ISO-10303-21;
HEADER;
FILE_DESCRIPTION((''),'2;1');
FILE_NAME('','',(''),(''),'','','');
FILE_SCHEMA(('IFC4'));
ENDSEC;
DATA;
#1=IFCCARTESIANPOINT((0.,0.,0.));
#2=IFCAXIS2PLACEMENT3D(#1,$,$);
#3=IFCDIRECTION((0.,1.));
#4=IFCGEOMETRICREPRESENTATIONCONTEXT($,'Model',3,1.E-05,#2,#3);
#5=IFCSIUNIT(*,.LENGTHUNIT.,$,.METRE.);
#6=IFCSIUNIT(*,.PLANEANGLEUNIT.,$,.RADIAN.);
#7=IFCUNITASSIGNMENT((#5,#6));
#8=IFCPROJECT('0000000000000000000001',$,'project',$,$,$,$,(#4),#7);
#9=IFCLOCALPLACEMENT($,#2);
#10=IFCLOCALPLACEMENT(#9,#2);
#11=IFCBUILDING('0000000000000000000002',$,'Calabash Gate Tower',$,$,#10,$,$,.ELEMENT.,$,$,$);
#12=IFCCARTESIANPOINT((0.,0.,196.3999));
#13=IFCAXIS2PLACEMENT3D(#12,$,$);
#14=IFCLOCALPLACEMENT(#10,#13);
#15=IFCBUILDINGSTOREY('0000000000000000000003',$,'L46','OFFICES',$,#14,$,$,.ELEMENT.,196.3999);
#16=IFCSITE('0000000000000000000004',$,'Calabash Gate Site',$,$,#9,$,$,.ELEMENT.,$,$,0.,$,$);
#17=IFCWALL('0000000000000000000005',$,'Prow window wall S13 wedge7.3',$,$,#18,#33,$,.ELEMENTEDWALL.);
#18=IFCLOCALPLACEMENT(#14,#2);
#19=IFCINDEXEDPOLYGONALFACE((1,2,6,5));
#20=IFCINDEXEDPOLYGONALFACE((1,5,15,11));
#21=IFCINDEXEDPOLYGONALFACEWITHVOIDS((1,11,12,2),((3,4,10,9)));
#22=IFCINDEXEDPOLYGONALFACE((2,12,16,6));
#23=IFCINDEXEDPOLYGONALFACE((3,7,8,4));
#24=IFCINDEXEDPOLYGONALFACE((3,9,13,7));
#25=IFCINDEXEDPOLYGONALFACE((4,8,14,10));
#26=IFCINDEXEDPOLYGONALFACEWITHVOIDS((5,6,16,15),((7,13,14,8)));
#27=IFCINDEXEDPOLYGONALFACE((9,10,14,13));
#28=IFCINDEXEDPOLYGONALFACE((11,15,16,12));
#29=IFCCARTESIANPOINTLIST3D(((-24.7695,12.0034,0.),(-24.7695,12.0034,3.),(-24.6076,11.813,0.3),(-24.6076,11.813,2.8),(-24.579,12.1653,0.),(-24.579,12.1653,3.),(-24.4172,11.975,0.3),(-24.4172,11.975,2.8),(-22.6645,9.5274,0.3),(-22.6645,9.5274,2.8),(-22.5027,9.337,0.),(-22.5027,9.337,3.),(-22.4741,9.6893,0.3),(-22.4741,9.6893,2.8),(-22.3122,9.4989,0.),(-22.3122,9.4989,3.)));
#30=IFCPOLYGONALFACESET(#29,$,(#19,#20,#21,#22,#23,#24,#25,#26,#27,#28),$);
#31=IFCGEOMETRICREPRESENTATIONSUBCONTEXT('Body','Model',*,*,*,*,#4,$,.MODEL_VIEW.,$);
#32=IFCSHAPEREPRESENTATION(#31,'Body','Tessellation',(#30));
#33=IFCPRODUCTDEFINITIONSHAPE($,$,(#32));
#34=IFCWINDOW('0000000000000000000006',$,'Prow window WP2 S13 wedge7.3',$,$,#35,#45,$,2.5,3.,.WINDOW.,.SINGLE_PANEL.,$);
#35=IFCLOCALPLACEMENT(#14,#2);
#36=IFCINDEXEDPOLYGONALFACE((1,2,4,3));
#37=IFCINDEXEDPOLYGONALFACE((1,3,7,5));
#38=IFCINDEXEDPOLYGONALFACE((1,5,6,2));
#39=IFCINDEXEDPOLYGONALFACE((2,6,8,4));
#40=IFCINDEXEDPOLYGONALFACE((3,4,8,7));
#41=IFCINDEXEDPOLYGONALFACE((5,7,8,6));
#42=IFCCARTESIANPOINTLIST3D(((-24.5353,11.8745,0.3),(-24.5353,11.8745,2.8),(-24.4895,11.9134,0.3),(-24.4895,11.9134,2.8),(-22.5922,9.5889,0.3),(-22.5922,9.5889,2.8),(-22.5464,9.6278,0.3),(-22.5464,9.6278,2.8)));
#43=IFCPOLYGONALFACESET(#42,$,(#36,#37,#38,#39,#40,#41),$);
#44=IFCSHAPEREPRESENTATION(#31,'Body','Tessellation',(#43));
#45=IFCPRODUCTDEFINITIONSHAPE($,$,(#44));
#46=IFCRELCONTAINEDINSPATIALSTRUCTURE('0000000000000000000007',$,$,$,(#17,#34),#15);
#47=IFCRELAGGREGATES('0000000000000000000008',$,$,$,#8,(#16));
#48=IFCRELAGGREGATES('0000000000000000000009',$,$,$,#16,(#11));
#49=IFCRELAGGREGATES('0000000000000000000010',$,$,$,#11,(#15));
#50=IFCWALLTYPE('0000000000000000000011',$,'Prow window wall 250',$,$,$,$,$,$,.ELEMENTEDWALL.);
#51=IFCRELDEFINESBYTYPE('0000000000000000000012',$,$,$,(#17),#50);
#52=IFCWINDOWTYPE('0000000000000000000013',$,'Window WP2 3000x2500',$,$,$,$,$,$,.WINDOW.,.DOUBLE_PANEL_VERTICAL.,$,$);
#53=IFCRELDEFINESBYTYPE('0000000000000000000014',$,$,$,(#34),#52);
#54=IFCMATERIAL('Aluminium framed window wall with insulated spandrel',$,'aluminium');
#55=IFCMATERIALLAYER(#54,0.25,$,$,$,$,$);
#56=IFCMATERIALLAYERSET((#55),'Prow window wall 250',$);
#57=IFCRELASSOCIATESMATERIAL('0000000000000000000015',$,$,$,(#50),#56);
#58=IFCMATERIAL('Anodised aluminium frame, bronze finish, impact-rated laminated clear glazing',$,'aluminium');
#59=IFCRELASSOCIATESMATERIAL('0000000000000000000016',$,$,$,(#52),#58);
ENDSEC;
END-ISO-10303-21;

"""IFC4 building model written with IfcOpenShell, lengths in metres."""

from ifc_helpers import new_model, si_unit, direction, frame, frame_2d, origin, place, context, subcontext, project, spatial, rectangle, extrude, material, layer, layer_set, type_object, element, fill, save


model = new_model("IFC4")

# Units and contexts
model_context = context("Model", 3, precision=1e-05, world=origin(), true_north=direction((0.0, 1.0)))
body_context = subcontext(model_context, "Body", "Model", "MODEL_VIEW")
ifc_project = project(units=[si_unit("LENGTHUNIT", "METRE"), si_unit("PLANEANGLEUNIT", "RADIAN")], contexts=[model_context])

# Site, building, storey
site_placement = place(None, origin())
site = spatial("IfcSite", under=ifc_project, at=site_placement, Name="Calabash Gate Site", CompositionType="ELEMENT", RefElevation=0.0)
building_placement = place(site_placement, origin())
building = spatial("IfcBuilding", under=site, at=building_placement, Name="Calabash Gate Tower", CompositionType="ELEMENT")
storey_placement = place(building_placement, frame((0.0, 0.0, 196.3999)))
storey = spatial("IfcBuildingStorey", under=building, at=storey_placement, Name="L46", Description="OFFICES", CompositionType="ELEMENT", Elevation=196.3999)

# Wall, opening, window
ifc_material_1 = material(Name="Aluminium framed window wall with insulated spandrel", Category="aluminium")
ifc_layer_1 = layer(ifc_material_1, 0.25)
ifc_layer_set_1 = layer_set([ifc_layer_1], Name="Prow window wall 250")
wall_type_1 = type_object("IfcWallType", Name="Prow window wall 250", PredefinedType="ELEMENTEDWALL", material=ifc_layer_set_1)
ifc_material_2 = material(Name="Anodised aluminium frame, bronze finish, impact-rated laminated clear glazing", Category="aluminium")
window_type = type_object("IfcWindowType", Name="Window WP2 3000x2500", PartitioningType="DOUBLE_PANEL_VERTICAL", PredefinedType="WINDOW", material=ifc_material_2)
wall_1_placement = place(storey_placement, frame((-24.6743, 12.0845, 0.0), z_axis=(0.0, 0.0, 1.0), x_axis=(0.647701, -0.761895, 0.0)))
wall_1 = element("IfcWall", 1, at=wall_1_placement, inside=storey, type_object=wall_type_1, Name="Prow window wall S13 wedge7.3", PredefinedType="ELEMENTEDWALL", context=body_context, shape_type="SweptSolid", body=[
    extrude(rectangle(XDim=3.4998, YDim=0.25, at=frame_2d((1.75, 0.0))), origin(), (0.0, 0.0, 1.0), 3.0),
])
opening_1_placement = place(wall_1_placement, frame((0.25, 0.0, 0.3)))
opening_1 = element("IfcOpeningElement", 2, at=opening_1_placement, cuts=wall_1, PredefinedType="OPENING", context=body_context, shape_type="SweptSolid", body=[
    extrude(rectangle(XDim=3.0, YDim=2.5, at=frame_2d((1.5, 1.25))), frame((0.0, 0.135, 0.0), z_axis=(0.0, -1.0, 0.0), x_axis=(1.0, 0.0, 0.0)), (0.0, 0.0, 1.0), 0.27),
])
window_1_placement = place(opening_1_placement, origin())
window_1 = element("IfcWindow", 3, at=window_1_placement, inside=storey, type_object=window_type, Name="Prow window WP2 S13 wedge7.3", OverallHeight=2.5, OverallWidth=3.0, PartitioningType="SINGLE_PANEL", PredefinedType="WINDOW", context=body_context, shape_type="SweptSolid", body=[
    extrude(rectangle(XDim=3.0, YDim=2.5, at=frame_2d((1.5, 1.25))), frame((0.0, 0.03, 0.0), z_axis=(0.0, -1.0, 0.0), x_axis=(1.0, 0.0, 0.0)), (0.0, 0.0, 1.0), 0.0601),
])
fill(opening_1, window_1)

save(model, "model.ifc")
